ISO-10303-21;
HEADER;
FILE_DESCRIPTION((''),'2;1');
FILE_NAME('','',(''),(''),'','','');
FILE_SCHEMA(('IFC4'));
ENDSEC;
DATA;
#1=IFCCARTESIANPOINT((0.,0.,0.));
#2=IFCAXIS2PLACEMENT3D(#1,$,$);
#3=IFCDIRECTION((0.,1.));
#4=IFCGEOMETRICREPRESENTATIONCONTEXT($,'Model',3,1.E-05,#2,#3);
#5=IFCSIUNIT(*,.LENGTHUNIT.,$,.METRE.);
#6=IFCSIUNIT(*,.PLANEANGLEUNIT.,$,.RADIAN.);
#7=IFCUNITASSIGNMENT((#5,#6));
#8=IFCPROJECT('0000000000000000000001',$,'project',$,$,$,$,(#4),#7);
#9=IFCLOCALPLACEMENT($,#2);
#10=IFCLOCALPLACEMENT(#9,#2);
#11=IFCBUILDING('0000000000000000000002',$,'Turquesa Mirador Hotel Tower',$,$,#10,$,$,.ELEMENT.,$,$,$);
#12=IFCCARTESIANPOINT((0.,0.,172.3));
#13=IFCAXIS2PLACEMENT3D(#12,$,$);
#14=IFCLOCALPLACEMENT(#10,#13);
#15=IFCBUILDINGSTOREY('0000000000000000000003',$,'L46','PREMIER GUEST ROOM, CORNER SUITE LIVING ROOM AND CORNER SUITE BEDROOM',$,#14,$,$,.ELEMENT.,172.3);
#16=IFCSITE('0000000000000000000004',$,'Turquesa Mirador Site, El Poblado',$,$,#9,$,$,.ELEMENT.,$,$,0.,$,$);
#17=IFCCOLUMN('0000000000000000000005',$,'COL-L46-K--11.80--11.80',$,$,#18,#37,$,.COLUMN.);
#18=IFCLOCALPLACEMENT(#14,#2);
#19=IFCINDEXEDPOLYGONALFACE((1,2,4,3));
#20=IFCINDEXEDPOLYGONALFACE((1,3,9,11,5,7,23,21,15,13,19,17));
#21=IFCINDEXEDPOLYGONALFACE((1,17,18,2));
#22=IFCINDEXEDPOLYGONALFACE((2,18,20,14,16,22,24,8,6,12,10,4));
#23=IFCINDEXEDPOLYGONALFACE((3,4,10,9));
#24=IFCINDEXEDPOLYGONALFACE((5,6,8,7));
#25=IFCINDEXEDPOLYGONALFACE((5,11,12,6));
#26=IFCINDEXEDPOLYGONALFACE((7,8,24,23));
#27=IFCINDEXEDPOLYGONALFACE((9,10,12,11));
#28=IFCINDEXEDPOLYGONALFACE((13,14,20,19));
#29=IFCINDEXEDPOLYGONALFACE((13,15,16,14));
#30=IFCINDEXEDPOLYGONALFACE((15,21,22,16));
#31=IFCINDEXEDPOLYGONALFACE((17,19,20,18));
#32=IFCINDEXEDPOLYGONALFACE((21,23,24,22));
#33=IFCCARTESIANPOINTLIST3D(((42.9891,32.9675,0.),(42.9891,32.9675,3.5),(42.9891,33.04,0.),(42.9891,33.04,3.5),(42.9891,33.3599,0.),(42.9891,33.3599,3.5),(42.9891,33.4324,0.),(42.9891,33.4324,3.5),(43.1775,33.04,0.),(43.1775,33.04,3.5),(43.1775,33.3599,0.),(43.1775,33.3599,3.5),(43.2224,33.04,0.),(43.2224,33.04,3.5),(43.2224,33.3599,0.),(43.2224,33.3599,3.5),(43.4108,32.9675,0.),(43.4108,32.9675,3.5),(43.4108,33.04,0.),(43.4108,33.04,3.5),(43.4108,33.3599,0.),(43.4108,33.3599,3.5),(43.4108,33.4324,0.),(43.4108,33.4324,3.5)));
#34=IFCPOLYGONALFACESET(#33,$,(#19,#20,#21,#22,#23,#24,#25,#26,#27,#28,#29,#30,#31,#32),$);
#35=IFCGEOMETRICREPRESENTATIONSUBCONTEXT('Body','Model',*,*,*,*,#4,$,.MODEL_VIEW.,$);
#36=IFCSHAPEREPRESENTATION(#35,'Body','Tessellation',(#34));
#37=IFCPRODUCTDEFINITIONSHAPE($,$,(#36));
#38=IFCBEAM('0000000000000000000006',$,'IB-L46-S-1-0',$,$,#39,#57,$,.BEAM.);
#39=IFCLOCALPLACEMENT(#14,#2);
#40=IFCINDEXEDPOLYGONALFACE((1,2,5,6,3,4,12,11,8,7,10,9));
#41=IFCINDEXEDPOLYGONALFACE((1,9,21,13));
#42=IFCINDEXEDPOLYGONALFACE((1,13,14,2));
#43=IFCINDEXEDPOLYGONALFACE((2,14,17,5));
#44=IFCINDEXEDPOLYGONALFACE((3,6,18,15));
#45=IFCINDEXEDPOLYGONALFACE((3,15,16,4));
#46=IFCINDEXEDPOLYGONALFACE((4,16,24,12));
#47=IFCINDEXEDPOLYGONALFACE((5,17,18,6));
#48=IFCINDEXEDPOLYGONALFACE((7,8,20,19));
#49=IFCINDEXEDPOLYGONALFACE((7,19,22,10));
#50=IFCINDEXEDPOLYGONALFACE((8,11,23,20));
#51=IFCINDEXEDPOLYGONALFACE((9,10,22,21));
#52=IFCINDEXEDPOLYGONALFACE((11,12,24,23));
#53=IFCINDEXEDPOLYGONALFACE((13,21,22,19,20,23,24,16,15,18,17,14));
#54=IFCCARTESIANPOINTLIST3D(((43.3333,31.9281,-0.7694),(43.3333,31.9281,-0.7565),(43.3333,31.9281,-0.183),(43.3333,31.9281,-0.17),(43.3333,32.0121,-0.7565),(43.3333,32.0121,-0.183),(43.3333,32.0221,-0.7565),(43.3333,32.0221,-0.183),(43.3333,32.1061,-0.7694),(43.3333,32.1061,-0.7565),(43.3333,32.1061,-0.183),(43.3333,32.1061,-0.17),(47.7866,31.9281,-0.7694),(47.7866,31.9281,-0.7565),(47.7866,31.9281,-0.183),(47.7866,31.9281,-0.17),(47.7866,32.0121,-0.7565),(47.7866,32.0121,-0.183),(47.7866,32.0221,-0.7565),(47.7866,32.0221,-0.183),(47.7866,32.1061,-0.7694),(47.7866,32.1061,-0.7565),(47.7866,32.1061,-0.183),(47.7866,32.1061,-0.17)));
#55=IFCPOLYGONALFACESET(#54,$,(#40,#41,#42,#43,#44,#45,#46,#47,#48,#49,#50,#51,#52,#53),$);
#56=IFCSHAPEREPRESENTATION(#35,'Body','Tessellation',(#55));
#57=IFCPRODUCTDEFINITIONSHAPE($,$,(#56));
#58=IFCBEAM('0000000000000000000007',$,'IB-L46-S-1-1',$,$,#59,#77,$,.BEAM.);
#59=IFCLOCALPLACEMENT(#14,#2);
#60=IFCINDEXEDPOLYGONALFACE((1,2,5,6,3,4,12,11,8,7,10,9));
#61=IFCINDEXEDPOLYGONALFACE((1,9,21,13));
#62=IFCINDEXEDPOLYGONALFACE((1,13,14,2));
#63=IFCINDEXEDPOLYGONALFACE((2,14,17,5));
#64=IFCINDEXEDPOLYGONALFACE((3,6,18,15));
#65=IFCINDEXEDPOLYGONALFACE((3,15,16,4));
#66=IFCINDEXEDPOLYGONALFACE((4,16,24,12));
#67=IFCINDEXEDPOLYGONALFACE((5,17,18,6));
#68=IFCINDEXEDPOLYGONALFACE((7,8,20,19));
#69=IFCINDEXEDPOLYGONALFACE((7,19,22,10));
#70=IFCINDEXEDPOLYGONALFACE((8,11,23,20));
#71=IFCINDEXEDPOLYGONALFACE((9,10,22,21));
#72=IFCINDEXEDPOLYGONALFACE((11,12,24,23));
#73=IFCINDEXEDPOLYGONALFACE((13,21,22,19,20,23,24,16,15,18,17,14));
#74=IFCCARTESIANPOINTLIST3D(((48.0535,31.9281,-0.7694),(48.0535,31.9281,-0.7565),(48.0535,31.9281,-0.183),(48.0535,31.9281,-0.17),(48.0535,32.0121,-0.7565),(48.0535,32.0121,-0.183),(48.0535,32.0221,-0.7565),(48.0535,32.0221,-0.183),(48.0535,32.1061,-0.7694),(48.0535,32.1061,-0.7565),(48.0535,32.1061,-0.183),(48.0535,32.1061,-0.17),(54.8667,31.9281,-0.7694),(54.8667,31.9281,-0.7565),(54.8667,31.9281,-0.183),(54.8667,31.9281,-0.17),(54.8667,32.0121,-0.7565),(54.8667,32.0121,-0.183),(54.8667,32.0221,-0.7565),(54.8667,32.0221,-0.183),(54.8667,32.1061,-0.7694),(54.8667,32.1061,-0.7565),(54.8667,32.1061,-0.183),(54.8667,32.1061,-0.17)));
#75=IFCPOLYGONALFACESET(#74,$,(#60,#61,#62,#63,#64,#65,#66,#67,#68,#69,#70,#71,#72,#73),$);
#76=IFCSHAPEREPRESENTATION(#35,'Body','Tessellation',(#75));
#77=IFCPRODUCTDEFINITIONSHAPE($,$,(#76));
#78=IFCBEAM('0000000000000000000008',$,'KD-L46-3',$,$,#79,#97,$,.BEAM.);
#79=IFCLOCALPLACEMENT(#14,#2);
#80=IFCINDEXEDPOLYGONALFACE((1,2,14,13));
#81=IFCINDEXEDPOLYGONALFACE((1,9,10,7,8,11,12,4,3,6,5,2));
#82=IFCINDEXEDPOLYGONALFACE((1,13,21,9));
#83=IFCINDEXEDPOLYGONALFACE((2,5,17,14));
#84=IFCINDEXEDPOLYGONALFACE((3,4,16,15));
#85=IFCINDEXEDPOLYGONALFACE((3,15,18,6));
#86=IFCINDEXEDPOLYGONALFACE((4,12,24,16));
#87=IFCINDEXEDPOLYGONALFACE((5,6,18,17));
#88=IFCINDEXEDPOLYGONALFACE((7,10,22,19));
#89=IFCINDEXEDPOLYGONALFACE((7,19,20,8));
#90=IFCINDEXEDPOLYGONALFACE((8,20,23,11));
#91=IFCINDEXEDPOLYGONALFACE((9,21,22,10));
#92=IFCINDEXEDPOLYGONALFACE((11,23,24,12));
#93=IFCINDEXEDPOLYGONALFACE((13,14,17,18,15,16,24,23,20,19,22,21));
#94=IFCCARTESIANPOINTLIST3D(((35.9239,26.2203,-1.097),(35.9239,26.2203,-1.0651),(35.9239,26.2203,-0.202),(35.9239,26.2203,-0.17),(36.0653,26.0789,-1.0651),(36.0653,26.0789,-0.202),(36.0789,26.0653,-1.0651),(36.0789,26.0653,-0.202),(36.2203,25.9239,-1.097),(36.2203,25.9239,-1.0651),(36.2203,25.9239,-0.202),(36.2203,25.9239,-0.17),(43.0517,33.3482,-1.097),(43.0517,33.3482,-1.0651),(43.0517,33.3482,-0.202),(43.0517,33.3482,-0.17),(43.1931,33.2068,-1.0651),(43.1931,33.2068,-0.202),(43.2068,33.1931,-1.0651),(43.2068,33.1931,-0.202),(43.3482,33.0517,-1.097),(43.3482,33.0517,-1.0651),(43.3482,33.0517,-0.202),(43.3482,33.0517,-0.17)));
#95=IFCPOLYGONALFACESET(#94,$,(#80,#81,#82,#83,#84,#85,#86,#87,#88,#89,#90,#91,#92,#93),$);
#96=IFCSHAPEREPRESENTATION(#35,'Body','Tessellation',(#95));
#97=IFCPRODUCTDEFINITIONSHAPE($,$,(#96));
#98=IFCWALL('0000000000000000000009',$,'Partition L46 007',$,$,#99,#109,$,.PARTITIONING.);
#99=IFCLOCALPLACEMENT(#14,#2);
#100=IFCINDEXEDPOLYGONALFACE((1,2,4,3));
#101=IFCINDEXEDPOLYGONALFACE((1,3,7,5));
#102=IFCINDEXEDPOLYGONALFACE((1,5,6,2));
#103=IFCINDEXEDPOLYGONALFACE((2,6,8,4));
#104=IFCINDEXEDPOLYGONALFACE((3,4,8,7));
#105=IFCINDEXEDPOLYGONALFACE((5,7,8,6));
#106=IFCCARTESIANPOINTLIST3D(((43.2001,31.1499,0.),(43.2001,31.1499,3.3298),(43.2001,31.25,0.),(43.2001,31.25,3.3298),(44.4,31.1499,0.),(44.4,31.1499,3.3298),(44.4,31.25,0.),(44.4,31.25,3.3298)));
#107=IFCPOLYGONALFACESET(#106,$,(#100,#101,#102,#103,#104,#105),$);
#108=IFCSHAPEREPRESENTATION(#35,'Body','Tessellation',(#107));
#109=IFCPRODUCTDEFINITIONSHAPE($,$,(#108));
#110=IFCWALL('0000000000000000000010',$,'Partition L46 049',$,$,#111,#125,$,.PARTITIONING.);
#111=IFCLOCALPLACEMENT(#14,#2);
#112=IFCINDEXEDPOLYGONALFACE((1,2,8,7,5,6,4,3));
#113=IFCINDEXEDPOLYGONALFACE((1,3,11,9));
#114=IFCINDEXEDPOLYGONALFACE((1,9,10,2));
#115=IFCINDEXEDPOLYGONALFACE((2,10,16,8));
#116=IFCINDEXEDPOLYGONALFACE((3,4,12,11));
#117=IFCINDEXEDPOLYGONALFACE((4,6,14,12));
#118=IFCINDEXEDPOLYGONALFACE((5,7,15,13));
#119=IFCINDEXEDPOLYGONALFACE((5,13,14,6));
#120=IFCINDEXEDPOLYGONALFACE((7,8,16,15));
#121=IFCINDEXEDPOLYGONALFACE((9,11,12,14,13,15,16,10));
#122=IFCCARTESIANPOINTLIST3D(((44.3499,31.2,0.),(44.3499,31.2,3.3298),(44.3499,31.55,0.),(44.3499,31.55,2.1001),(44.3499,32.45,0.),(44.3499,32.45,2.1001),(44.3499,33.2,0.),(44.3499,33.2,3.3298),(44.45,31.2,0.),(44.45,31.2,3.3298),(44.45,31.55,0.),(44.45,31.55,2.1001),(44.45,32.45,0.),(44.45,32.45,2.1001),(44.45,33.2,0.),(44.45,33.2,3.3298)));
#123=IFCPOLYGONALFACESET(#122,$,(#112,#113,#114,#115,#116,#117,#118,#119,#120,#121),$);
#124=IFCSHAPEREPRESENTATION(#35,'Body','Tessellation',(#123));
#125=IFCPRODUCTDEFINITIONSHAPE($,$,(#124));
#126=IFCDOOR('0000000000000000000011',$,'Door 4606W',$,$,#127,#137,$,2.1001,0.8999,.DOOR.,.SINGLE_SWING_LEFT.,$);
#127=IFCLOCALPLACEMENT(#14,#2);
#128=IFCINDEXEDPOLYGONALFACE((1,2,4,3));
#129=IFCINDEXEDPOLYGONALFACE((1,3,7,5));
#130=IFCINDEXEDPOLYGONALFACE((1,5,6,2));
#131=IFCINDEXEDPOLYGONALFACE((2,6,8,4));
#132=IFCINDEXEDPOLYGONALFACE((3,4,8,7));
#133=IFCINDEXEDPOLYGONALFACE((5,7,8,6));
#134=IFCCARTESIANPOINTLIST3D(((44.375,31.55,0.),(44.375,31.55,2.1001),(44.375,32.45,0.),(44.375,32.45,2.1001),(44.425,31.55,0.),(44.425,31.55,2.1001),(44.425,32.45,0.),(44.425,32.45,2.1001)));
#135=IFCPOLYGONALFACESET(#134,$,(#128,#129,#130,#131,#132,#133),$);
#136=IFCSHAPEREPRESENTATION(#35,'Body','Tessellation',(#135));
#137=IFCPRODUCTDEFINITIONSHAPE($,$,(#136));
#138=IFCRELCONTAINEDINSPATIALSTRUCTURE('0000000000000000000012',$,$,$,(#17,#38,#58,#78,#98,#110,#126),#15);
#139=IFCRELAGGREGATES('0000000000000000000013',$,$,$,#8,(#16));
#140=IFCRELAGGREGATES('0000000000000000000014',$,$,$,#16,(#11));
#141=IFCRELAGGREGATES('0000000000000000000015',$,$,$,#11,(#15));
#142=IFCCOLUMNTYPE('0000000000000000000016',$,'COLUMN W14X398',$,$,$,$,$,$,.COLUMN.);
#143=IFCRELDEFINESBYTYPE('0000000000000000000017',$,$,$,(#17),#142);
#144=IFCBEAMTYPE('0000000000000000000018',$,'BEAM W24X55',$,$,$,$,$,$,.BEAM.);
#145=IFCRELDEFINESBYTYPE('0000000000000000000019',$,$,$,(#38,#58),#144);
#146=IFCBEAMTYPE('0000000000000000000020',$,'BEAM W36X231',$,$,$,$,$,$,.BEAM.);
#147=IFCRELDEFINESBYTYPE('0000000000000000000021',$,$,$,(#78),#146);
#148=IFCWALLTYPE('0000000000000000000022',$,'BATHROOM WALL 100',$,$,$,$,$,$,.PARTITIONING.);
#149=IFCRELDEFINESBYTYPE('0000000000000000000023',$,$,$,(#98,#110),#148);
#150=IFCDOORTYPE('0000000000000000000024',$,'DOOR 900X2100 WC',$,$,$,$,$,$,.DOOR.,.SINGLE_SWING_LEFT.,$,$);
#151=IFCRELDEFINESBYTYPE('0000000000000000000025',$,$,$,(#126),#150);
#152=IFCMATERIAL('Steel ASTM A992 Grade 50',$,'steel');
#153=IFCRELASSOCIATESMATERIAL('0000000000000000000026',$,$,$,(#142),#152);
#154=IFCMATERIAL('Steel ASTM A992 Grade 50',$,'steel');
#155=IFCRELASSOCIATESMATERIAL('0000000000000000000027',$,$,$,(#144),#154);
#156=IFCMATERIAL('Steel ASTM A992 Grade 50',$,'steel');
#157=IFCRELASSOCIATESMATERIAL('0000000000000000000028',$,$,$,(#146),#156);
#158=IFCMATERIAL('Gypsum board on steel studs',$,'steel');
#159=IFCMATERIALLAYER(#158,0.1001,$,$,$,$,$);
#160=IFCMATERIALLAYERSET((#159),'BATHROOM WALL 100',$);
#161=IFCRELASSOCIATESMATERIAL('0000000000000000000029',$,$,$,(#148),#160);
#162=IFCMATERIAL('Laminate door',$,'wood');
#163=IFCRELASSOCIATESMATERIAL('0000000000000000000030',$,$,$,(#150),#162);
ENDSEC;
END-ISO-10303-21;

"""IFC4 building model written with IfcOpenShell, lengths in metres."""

from ifc_helpers import new_model, si_unit, direction, frame, frame_2d, origin, origin_2d, place, context, subcontext, project, spatial, rectangle, i_section, extrude, material, layer, layer_set, material_profile, profile_set, type_object, element, fill, save


model = new_model("IFC4")

# Units and contexts
model_context = context("Model", 3, precision=1e-05, world=origin(), true_north=direction((0.0, 1.0)))
body_context = subcontext(model_context, "Body", "Model", "MODEL_VIEW")
ifc_project = project(units=[si_unit("LENGTHUNIT", "METRE"), si_unit("PLANEANGLEUNIT", "RADIAN")], contexts=[model_context])

# Site, building, storey
site_placement = place(None, origin())
site = spatial("IfcSite", under=ifc_project, at=site_placement, Name="Turquesa Mirador Site, El Poblado", CompositionType="ELEMENT", RefElevation=0.0)
building_placement = place(site_placement, origin())
building = spatial("IfcBuilding", under=site, at=building_placement, Name="Turquesa Mirador Hotel Tower", CompositionType="ELEMENT")
storey_placement = place(building_placement, frame((0.0, 0.0, 172.3)))
storey = spatial("IfcBuildingStorey", under=building, at=storey_placement, Name="L46", Description="PREMIER GUEST ROOM, CORNER SUITE LIVING ROOM AND CORNER SUITE BEDROOM", CompositionType="ELEMENT", Elevation=172.3)

# Column
ifc_material_1 = material(Name="Steel ASTM A992 Grade 50", Category="steel")
ifc_material_profile_1 = material_profile(ifc_material_1, i_section(OverallWidth=0.4216, OverallDepth=0.4648, WebThickness=0.0449, FlangeThickness=0.0725, at=origin_2d()), Name="W14X398")
ifc_profile_set_1 = profile_set([ifc_material_profile_1], Name="Steel ASTM A992 Grade 50")
column_type = type_object("IfcColumnType", Name="COLUMN W14X398", PredefinedType="COLUMN", material=ifc_profile_set_1)
column_placement = place(storey_placement, frame((43.2, 33.2, 0.0), z_axis=(0.0, 0.0, 1.0), x_axis=(1.0, 0.0, 0.0)))
element("IfcColumn", 1, at=column_placement, inside=storey, type_object=column_type, Name="COL-L46-K--11.80--11.80", PredefinedType="COLUMN", context=body_context, shape_type="SweptSolid", body=[
    extrude(i_section(OverallWidth=0.4216, OverallDepth=0.4648, WebThickness=0.0449, FlangeThickness=0.0725, at=origin_2d()), origin(), (0.0, 0.0, 1.0), 3.5),
])

# Beams
ifc_material_2 = material(Name="Steel ASTM A992 Grade 50", Category="steel")
ifc_material_profile_2 = material_profile(ifc_material_2, i_section(OverallWidth=0.178, OverallDepth=0.5994, WebThickness=0.01, FlangeThickness=0.0129, at=origin_2d()), Name="W24X55")
ifc_profile_set_2 = profile_set([ifc_material_profile_2], Name="Steel ASTM A992 Grade 50")
beam_type_1 = type_object("IfcBeamType", Name="BEAM W24X55", PredefinedType="BEAM", material=ifc_profile_set_2)
beam_1_placement = place(storey_placement, frame((43.3333, 32.0171, -0.4697), z_axis=(1.0, 0.0, 0.0), x_axis=(0.0, 1.0, 0.0)))
element("IfcBeam", 2, at=beam_1_placement, inside=storey, type_object=beam_type_1, Name="IB-L46-S-1-0", PredefinedType="BEAM", context=body_context, shape_type="SweptSolid", body=[
    extrude(i_section(OverallWidth=0.178, OverallDepth=0.5994, WebThickness=0.01, FlangeThickness=0.0129, at=origin_2d()), origin(), (0.0, 0.0, 1.0), 4.4534),
])
beam_2_placement = place(storey_placement, frame((48.0535, 32.0171, -0.4697), z_axis=(1.0, 0.0, 0.0), x_axis=(0.0, 1.0, 0.0)))
element("IfcBeam", 3, at=beam_2_placement, inside=storey, type_object=beam_type_1, Name="IB-L46-S-1-1", PredefinedType="BEAM", context=body_context, shape_type="SweptSolid", body=[
    extrude(i_section(OverallWidth=0.178, OverallDepth=0.5994, WebThickness=0.01, FlangeThickness=0.0129, at=origin_2d()), origin(), (0.0, 0.0, 1.0), 6.8132),
])
ifc_material_3 = material(Name="Steel ASTM A992 Grade 50", Category="steel")
ifc_material_profile_3 = material_profile(ifc_material_3, i_section(OverallWidth=0.4192, OverallDepth=0.927, WebThickness=0.0193, FlangeThickness=0.032, at=origin_2d()), Name="W36X231")
ifc_profile_set_3 = profile_set([ifc_material_profile_3], Name="Steel ASTM A992 Grade 50")
beam_type_2 = type_object("IfcBeamType", Name="BEAM W36X231", PredefinedType="BEAM", material=ifc_profile_set_3)
beam_3_placement = place(storey_placement, frame((43.2, 33.2, -0.6335), z_axis=(-0.707107, -0.707107, 0.0), x_axis=(0.707107, -0.707107, 0.0)))
element("IfcBeam", 4, at=beam_3_placement, inside=storey, type_object=beam_type_2, Name="KD-L46-3", PredefinedType="BEAM", context=body_context, shape_type="SweptSolid", body=[
    extrude(i_section(OverallWidth=0.4192, OverallDepth=0.927, WebThickness=0.0193, FlangeThickness=0.032, at=origin_2d()), origin(), (0.0, 0.0, 1.0), 10.0803),
])

# Wall
ifc_material_4 = material(Name="Gypsum board on steel studs", Category="steel")
ifc_layer_1 = layer(ifc_material_4, 0.1001)
ifc_layer_set_1 = layer_set([ifc_layer_1], Name="BATHROOM WALL 100")
wall_type_1 = type_object("IfcWallType", Name="BATHROOM WALL 100", PredefinedType="PARTITIONING", material=ifc_layer_set_1)
wall_1_placement = place(storey_placement, frame((43.2, 31.2, 0.0), z_axis=(0.0, 0.0, 1.0), x_axis=(1.0, 0.0, 0.0)))
element("IfcWall", 5, at=wall_1_placement, inside=storey, type_object=wall_type_1, Name="Partition L46 007", PredefinedType="PARTITIONING", context=body_context, shape_type="SweptSolid", body=[
    extrude(rectangle(XDim=1.2, YDim=0.1001, at=frame_2d((0.6001, 0.0))), origin(), (0.0, 0.0, 1.0), 3.3298),
])

# Wall, opening, door
wall_2_placement = place(storey_placement, frame((44.3999, 31.2, 0.0), z_axis=(0.0, 0.0, 1.0), x_axis=(0.0, 1.0, 0.0)))
wall_2 = element("IfcWall", 6, at=wall_2_placement, inside=storey, type_object=wall_type_1, Name="Partition L46 049", PredefinedType="PARTITIONING", context=body_context, shape_type="SweptSolid", body=[
    extrude(rectangle(XDim=2.0, YDim=0.1001, at=frame_2d((1.0, 0.0))), origin(), (0.0, 0.0, 1.0), 3.3298),
])
opening_1_placement = place(wall_2_placement, frame((0.3501, 0.0, 0.0)))
opening_1 = element("IfcOpeningElement", 7, at=opening_1_placement, cuts=wall_2, PredefinedType="OPENING", context=body_context, shape_type="SweptSolid", body=[
    extrude(rectangle(XDim=0.8999, YDim=2.1001, at=frame_2d((0.45, 1.05))), frame((0.0, 0.0601, 0.0), z_axis=(0.0, -1.0, 0.0), x_axis=(1.0, 0.0, 0.0)), (0.0, 0.0, 1.0), 0.1201),
])
ifc_material_5 = material(Name="Laminate door", Category="wood")
door_type_1 = type_object("IfcDoorType", Name="DOOR 900X2100 WC", OperationType="SINGLE_SWING_LEFT", PredefinedType="DOOR", material=ifc_material_5)
door_1_placement = place(opening_1_placement, origin())
door_1 = element("IfcDoor", 8, at=door_1_placement, inside=storey, type_object=door_type_1, Name="Door 4606W", OperationType="SINGLE_SWING_LEFT", OverallHeight=2.1001, OverallWidth=0.8999, PredefinedType="DOOR", context=body_context, shape_type="SweptSolid", body=[
    extrude(rectangle(XDim=0.8999, YDim=2.1001, at=frame_2d((0.45, 1.05))), frame((0.0, 0.0249, 0.0), z_axis=(0.0, -1.0, 0.0), x_axis=(1.0, 0.0, 0.0)), (0.0, 0.0, 1.0), 0.05),
])
fill(opening_1, door_1)

save(model, "model.ifc")
